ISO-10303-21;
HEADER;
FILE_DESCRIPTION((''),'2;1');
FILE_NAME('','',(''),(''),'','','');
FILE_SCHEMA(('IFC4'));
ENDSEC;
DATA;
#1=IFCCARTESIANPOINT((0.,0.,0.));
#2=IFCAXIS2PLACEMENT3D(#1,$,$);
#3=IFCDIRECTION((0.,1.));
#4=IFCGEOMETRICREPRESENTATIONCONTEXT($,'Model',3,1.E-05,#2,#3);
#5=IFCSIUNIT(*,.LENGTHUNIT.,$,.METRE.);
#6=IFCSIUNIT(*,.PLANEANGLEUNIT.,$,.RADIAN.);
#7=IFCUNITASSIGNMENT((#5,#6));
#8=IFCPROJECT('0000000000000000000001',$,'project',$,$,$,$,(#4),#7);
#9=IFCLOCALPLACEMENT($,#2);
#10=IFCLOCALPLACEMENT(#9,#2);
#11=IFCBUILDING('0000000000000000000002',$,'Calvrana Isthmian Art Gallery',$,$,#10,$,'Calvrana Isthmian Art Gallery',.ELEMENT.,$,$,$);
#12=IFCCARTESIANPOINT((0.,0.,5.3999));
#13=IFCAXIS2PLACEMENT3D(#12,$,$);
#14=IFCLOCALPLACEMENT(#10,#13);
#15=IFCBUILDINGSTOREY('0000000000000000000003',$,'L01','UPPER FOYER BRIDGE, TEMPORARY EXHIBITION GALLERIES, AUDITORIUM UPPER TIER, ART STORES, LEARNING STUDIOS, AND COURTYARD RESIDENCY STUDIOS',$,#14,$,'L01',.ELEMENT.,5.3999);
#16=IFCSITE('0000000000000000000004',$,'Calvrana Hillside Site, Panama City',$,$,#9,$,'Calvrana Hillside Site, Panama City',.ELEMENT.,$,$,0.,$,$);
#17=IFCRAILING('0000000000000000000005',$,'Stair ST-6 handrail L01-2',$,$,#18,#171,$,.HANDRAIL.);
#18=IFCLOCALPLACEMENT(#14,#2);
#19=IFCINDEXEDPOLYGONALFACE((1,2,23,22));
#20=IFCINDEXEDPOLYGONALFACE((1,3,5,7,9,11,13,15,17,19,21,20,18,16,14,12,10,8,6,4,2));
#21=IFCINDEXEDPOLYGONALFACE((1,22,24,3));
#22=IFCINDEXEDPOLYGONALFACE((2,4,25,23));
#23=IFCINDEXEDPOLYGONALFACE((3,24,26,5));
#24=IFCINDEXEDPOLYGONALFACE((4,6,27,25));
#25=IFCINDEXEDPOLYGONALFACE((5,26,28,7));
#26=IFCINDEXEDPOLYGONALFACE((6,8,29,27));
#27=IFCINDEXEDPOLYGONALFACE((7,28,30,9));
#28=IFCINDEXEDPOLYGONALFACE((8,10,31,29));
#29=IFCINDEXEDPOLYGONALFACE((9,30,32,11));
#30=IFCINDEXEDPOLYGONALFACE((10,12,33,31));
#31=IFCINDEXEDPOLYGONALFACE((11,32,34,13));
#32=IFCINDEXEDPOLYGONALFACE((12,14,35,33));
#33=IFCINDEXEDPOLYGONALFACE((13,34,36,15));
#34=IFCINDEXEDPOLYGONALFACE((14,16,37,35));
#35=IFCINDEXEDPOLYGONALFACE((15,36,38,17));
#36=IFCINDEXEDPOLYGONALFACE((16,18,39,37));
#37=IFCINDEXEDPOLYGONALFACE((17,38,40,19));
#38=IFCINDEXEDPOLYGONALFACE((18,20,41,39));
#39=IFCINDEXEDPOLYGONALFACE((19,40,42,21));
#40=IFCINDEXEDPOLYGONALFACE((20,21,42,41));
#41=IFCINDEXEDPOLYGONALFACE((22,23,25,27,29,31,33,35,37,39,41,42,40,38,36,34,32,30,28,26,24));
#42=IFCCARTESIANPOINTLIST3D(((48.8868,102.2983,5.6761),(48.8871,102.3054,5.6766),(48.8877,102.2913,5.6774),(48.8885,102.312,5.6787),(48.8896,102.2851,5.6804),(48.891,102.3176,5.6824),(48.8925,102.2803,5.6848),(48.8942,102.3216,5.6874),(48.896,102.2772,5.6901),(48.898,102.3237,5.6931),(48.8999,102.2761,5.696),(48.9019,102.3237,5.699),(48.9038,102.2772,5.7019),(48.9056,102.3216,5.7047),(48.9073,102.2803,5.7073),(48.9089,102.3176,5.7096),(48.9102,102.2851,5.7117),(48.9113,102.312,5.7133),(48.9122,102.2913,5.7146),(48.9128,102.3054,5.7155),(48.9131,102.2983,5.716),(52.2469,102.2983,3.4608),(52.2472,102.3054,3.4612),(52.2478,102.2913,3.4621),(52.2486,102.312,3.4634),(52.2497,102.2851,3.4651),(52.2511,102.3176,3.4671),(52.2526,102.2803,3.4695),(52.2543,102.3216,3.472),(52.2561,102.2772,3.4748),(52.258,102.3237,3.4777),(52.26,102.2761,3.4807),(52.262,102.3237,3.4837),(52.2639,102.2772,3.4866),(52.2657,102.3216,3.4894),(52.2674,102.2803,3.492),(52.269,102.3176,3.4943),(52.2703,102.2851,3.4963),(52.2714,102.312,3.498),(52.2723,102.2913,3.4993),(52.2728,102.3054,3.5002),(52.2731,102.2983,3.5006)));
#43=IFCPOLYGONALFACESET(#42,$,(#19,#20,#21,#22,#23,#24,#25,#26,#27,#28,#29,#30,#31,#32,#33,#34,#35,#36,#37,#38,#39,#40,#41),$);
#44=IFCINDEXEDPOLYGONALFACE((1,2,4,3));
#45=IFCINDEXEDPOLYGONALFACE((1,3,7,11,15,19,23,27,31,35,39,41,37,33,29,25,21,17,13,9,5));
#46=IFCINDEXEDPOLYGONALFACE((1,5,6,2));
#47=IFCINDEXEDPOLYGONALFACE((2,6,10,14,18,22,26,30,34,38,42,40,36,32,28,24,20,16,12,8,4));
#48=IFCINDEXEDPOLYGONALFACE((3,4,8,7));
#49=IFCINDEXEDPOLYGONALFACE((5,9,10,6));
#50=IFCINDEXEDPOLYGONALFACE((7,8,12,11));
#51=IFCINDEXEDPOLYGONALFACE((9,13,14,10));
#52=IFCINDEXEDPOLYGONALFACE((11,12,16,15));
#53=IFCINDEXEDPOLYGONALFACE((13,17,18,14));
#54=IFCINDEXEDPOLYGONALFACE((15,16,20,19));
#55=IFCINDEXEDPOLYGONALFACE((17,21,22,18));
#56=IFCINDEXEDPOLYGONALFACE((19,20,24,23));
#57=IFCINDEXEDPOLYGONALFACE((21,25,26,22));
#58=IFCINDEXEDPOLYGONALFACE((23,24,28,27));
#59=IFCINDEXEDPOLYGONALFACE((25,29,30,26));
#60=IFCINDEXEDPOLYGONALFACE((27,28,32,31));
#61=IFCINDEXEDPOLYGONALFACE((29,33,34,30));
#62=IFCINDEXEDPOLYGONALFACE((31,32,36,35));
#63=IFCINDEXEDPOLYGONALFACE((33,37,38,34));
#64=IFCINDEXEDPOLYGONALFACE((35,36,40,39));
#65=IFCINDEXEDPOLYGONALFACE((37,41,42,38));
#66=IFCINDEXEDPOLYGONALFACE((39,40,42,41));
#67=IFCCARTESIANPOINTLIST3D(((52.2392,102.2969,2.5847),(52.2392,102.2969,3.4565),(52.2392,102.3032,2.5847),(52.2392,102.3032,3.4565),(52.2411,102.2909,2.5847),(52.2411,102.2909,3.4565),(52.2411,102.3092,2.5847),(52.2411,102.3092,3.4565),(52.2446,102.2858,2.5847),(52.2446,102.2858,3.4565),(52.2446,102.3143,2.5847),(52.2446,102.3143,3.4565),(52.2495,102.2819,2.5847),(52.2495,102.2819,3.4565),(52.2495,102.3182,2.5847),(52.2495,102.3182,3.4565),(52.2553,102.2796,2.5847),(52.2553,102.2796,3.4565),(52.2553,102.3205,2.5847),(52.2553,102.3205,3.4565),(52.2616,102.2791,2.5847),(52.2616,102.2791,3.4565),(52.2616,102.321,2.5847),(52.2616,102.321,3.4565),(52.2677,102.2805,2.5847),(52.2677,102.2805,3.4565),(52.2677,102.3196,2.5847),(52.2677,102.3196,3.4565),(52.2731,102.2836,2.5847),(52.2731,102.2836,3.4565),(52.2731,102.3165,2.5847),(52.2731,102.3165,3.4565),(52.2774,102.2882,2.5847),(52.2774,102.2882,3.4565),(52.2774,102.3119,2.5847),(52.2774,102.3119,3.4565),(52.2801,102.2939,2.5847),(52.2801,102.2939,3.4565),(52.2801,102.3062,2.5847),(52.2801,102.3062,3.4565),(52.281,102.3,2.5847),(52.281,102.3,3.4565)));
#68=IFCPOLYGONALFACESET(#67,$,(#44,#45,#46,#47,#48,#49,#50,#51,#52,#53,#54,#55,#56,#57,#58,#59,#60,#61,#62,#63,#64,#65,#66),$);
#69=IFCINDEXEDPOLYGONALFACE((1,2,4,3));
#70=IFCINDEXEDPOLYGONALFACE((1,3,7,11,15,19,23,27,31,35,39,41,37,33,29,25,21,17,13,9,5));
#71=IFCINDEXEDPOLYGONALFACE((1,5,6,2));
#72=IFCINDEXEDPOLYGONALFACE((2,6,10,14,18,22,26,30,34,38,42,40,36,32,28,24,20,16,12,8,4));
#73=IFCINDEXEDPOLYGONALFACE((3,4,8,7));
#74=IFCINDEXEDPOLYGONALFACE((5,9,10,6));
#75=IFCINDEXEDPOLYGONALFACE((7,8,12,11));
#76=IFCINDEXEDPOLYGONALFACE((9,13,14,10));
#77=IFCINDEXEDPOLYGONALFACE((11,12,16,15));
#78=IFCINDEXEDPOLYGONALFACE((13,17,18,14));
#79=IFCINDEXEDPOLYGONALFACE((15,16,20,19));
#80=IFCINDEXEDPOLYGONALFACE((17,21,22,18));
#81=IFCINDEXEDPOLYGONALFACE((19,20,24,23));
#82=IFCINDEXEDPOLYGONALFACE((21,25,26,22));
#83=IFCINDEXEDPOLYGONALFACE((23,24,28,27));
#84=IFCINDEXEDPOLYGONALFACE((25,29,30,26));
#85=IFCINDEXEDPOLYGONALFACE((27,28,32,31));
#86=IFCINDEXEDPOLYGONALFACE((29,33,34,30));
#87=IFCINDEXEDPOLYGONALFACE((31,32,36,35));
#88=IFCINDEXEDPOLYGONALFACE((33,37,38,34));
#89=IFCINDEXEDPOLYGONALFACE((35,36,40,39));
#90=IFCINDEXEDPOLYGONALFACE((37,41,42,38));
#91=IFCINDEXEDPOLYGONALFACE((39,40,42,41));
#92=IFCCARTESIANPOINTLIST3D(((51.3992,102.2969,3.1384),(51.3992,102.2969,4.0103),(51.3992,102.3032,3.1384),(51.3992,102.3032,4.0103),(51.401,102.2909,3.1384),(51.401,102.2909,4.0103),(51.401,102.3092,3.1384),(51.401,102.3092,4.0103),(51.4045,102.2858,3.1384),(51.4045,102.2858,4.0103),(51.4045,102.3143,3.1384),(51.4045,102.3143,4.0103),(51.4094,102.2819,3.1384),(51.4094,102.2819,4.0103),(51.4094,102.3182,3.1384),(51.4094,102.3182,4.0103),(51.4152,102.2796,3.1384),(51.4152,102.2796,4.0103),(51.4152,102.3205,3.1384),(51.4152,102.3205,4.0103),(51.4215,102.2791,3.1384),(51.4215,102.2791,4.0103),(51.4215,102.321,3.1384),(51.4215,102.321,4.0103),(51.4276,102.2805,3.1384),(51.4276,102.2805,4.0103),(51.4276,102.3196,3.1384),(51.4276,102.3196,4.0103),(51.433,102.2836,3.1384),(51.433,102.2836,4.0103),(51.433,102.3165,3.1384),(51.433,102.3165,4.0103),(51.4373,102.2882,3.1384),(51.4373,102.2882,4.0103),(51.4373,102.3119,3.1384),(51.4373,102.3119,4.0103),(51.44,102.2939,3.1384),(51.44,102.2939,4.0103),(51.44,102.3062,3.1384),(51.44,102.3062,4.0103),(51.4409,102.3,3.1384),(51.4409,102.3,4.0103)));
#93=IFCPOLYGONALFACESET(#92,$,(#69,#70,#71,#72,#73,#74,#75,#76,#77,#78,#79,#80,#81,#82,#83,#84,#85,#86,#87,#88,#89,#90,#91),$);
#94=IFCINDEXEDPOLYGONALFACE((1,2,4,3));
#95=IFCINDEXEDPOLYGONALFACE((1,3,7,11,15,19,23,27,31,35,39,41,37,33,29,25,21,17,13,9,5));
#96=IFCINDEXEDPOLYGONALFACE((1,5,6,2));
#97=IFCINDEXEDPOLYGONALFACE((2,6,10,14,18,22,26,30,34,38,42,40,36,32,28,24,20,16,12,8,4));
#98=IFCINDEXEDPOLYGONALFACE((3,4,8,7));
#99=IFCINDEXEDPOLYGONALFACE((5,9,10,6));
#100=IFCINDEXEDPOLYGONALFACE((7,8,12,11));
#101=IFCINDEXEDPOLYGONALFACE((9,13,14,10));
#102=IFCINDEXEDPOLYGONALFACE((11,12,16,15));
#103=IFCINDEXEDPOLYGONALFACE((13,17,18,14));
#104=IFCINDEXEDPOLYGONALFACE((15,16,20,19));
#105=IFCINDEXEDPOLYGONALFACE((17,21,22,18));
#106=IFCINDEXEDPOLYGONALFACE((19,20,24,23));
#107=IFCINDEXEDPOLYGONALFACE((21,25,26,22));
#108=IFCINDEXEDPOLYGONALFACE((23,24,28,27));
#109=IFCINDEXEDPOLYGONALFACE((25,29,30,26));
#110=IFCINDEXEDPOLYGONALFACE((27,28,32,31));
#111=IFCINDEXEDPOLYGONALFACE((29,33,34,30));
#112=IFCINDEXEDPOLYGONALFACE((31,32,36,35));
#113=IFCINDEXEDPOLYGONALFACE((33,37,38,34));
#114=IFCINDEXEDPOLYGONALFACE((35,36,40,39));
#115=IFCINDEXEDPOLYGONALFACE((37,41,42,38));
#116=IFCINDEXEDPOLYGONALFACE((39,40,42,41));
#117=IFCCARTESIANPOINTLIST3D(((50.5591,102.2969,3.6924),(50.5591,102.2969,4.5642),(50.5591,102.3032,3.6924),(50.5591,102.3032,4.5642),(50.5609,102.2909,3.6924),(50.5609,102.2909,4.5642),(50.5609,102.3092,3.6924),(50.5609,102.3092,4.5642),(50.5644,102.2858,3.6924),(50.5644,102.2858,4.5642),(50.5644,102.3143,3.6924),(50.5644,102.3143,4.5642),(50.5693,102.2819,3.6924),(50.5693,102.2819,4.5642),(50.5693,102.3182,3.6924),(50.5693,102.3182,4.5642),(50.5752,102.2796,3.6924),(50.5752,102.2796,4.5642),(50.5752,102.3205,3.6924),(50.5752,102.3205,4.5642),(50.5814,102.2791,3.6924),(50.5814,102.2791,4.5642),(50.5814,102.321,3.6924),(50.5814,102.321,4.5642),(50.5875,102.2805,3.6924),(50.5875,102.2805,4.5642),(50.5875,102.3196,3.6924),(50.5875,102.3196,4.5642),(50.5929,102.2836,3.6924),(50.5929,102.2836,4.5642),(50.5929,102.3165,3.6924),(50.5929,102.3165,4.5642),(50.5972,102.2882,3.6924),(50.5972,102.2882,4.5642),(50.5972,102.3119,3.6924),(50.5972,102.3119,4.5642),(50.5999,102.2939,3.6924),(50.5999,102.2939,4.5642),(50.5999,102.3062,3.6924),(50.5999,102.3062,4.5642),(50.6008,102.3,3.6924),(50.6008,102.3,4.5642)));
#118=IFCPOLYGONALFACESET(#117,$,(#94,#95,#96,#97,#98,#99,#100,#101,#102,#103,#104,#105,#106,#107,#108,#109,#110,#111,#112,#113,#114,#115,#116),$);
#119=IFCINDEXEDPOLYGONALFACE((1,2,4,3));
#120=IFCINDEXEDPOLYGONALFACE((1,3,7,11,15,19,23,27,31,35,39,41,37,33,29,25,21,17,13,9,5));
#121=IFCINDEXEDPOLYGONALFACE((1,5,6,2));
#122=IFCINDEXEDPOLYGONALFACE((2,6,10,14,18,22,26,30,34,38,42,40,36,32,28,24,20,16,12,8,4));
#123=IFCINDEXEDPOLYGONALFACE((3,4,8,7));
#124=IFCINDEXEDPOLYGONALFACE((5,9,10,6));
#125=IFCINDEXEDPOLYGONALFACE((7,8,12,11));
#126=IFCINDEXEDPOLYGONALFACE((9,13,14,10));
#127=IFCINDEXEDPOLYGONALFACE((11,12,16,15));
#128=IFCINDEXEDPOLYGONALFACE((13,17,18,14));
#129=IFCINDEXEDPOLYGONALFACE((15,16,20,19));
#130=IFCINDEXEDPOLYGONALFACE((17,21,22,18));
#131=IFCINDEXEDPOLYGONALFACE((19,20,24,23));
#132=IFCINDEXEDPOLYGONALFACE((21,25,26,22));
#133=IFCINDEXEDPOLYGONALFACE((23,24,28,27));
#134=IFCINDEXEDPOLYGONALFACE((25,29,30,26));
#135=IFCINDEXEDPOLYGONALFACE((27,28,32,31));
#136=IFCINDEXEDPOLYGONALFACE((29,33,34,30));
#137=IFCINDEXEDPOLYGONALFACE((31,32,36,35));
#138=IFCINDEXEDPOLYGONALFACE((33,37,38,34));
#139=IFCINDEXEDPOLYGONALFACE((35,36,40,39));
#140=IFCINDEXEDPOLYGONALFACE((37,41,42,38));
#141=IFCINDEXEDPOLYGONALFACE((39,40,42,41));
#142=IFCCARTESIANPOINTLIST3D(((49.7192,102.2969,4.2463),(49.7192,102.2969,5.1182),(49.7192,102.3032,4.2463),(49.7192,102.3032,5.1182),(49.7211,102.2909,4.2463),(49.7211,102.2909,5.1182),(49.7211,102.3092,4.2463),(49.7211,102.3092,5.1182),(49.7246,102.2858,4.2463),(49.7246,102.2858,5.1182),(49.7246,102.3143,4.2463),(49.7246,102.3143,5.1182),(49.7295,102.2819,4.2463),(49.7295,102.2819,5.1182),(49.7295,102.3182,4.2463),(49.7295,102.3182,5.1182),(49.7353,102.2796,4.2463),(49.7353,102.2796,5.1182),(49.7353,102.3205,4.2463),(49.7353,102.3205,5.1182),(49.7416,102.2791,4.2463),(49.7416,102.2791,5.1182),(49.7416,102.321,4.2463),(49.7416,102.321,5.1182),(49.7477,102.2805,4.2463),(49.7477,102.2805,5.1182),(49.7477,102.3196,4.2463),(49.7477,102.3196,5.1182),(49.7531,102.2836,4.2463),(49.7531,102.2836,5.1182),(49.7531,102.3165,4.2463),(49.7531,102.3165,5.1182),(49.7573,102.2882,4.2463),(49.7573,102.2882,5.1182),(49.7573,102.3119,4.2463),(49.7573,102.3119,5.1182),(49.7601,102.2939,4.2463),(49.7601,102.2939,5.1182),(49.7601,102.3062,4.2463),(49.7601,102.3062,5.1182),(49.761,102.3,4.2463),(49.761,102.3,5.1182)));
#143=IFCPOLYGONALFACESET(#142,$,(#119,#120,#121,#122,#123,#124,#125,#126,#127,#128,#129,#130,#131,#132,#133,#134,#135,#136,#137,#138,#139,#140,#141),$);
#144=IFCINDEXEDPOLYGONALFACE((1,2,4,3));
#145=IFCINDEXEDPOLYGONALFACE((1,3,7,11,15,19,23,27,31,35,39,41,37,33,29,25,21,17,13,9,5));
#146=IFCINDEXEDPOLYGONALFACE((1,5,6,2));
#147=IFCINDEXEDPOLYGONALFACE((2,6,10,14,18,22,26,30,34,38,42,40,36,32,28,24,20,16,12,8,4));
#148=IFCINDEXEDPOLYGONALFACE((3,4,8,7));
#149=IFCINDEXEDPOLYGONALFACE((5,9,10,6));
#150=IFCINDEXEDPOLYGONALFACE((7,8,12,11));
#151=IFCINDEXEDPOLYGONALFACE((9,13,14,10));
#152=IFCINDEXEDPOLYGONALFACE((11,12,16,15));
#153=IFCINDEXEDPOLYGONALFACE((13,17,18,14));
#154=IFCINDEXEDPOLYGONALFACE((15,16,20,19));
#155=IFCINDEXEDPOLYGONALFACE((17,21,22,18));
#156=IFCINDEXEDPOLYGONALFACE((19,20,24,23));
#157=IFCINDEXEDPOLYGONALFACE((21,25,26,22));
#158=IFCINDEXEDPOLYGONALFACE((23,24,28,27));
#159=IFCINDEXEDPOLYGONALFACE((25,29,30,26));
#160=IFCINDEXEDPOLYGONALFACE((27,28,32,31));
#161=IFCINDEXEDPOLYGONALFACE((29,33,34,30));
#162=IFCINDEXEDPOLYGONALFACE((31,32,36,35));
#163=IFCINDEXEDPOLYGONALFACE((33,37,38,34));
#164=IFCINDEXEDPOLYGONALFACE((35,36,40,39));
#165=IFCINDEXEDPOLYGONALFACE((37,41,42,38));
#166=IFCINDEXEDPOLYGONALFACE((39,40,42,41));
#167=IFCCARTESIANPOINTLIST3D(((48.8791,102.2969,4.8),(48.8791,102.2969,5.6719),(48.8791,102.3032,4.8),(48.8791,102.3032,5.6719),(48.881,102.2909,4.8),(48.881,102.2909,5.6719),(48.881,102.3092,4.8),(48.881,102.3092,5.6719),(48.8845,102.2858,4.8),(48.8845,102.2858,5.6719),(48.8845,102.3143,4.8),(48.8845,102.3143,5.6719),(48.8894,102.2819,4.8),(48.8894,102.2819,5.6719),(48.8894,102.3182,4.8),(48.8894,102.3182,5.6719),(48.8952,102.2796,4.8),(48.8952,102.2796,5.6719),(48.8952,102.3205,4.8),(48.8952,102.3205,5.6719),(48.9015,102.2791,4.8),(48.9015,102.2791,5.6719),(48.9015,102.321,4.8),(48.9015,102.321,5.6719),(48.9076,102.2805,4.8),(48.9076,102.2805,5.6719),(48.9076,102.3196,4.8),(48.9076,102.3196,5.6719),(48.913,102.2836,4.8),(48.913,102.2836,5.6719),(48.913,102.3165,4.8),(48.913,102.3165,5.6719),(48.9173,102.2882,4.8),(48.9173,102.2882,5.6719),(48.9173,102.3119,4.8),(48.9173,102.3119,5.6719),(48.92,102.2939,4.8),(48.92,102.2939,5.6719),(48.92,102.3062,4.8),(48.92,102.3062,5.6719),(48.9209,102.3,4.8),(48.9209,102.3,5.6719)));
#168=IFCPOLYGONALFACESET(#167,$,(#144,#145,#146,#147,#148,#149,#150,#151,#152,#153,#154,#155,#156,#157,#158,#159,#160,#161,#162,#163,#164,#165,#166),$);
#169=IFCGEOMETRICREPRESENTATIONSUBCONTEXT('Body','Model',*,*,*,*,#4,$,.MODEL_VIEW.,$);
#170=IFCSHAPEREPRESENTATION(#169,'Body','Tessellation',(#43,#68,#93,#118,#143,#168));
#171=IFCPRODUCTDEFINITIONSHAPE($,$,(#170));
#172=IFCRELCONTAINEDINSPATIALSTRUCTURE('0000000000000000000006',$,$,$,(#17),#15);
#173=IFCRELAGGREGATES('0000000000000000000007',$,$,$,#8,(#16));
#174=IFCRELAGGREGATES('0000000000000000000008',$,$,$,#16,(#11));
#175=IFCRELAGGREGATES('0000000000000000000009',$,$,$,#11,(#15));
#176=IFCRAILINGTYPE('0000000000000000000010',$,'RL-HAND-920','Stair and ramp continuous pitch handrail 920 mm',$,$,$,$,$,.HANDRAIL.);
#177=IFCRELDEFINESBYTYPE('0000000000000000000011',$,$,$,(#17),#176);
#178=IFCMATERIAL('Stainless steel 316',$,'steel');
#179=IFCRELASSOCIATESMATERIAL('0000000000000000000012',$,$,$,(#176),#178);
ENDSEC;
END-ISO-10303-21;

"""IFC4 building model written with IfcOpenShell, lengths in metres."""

from ifc_helpers import new_model, si_unit, direction, frame, origin, origin_2d, place, context, subcontext, project, spatial, circle, extrude, material, type_object, element, save


model = new_model("IFC4")

# Units and contexts
model_context = context("Model", 3, precision=1e-05, world=origin(), true_north=direction((0.0, 1.0)))
body_context = subcontext(model_context, "Body", "Model", "MODEL_VIEW")
ifc_project = project(units=[si_unit("LENGTHUNIT", "METRE"), si_unit("PLANEANGLEUNIT", "RADIAN")], contexts=[model_context])

# Site, building, storey
site_placement = place(None, origin())
site = spatial("IfcSite", under=ifc_project, at=site_placement, Name="Calvrana Hillside Site, Panama City", LongName="Calvrana Hillside Site, Panama City", CompositionType="ELEMENT", RefElevation=0.0)
building_placement = place(site_placement, origin())
building = spatial("IfcBuilding", under=site, at=building_placement, Name="Calvrana Isthmian Art Gallery", LongName="Calvrana Isthmian Art Gallery", CompositionType="ELEMENT")
storey_placement = place(building_placement, frame((0.0, 0.0, 5.3999)))
storey = spatial("IfcBuildingStorey", under=building, at=storey_placement, Name="L01", Description="UPPER FOYER BRIDGE, TEMPORARY EXHIBITION GALLERIES, AUDITORIUM UPPER TIER, ART STORES, LEARNING STUDIOS, AND COURTYARD RESIDENCY STUDIOS", LongName="L01", CompositionType="ELEMENT", Elevation=5.3999)

# Railing
ifc_material_1 = material(Name="Stainless steel 316", Category="steel")
railing_type_1 = type_object("IfcRailingType", Name="RL-HAND-920", Description="Stair and ramp continuous pitch handrail 920 mm", PredefinedType="HANDRAIL", material=ifc_material_1)
railing_1_placement = place(storey_placement, frame((52.26, 102.3, 2.5847)))
element("IfcRailing", 1, at=railing_1_placement, inside=storey, type_object=railing_type_1, Name="Stair ST-6 handrail L01-2", PredefinedType="HANDRAIL", context=body_context, shape_type="SweptSolid", body=[
    extrude(circle(Radius=0.0239, at=origin_2d()), frame((0.0, 0.0, 0.896), z_axis=(-0.834876, 0.0, 0.550437), x_axis=(0.0, -1.0, 0.0)), (0.0, 0.0, 1.0), 4.0247),
    extrude(circle(Radius=0.021, at=origin_2d()), origin(), (0.0, 0.0, 1.0), 0.8718),
    extrude(circle(Radius=0.021, at=origin_2d()), frame((-0.8401, 0.0, 0.5537)), (0.0, 0.0, 1.0), 0.8718),
    extrude(circle(Radius=0.021, at=origin_2d()), frame((-1.6802, 0.0, 1.1077)), (0.0, 0.0, 1.0), 0.8718),
    extrude(circle(Radius=0.021, at=origin_2d()), frame((-2.52, 0.0, 1.6616)), (0.0, 0.0, 1.0), 0.8718),
    extrude(circle(Radius=0.021, at=origin_2d()), frame((-3.3601, 0.0, 2.2153)), (0.0, 0.0, 1.0), 0.8718),
])

save(model, "model.ifc")
